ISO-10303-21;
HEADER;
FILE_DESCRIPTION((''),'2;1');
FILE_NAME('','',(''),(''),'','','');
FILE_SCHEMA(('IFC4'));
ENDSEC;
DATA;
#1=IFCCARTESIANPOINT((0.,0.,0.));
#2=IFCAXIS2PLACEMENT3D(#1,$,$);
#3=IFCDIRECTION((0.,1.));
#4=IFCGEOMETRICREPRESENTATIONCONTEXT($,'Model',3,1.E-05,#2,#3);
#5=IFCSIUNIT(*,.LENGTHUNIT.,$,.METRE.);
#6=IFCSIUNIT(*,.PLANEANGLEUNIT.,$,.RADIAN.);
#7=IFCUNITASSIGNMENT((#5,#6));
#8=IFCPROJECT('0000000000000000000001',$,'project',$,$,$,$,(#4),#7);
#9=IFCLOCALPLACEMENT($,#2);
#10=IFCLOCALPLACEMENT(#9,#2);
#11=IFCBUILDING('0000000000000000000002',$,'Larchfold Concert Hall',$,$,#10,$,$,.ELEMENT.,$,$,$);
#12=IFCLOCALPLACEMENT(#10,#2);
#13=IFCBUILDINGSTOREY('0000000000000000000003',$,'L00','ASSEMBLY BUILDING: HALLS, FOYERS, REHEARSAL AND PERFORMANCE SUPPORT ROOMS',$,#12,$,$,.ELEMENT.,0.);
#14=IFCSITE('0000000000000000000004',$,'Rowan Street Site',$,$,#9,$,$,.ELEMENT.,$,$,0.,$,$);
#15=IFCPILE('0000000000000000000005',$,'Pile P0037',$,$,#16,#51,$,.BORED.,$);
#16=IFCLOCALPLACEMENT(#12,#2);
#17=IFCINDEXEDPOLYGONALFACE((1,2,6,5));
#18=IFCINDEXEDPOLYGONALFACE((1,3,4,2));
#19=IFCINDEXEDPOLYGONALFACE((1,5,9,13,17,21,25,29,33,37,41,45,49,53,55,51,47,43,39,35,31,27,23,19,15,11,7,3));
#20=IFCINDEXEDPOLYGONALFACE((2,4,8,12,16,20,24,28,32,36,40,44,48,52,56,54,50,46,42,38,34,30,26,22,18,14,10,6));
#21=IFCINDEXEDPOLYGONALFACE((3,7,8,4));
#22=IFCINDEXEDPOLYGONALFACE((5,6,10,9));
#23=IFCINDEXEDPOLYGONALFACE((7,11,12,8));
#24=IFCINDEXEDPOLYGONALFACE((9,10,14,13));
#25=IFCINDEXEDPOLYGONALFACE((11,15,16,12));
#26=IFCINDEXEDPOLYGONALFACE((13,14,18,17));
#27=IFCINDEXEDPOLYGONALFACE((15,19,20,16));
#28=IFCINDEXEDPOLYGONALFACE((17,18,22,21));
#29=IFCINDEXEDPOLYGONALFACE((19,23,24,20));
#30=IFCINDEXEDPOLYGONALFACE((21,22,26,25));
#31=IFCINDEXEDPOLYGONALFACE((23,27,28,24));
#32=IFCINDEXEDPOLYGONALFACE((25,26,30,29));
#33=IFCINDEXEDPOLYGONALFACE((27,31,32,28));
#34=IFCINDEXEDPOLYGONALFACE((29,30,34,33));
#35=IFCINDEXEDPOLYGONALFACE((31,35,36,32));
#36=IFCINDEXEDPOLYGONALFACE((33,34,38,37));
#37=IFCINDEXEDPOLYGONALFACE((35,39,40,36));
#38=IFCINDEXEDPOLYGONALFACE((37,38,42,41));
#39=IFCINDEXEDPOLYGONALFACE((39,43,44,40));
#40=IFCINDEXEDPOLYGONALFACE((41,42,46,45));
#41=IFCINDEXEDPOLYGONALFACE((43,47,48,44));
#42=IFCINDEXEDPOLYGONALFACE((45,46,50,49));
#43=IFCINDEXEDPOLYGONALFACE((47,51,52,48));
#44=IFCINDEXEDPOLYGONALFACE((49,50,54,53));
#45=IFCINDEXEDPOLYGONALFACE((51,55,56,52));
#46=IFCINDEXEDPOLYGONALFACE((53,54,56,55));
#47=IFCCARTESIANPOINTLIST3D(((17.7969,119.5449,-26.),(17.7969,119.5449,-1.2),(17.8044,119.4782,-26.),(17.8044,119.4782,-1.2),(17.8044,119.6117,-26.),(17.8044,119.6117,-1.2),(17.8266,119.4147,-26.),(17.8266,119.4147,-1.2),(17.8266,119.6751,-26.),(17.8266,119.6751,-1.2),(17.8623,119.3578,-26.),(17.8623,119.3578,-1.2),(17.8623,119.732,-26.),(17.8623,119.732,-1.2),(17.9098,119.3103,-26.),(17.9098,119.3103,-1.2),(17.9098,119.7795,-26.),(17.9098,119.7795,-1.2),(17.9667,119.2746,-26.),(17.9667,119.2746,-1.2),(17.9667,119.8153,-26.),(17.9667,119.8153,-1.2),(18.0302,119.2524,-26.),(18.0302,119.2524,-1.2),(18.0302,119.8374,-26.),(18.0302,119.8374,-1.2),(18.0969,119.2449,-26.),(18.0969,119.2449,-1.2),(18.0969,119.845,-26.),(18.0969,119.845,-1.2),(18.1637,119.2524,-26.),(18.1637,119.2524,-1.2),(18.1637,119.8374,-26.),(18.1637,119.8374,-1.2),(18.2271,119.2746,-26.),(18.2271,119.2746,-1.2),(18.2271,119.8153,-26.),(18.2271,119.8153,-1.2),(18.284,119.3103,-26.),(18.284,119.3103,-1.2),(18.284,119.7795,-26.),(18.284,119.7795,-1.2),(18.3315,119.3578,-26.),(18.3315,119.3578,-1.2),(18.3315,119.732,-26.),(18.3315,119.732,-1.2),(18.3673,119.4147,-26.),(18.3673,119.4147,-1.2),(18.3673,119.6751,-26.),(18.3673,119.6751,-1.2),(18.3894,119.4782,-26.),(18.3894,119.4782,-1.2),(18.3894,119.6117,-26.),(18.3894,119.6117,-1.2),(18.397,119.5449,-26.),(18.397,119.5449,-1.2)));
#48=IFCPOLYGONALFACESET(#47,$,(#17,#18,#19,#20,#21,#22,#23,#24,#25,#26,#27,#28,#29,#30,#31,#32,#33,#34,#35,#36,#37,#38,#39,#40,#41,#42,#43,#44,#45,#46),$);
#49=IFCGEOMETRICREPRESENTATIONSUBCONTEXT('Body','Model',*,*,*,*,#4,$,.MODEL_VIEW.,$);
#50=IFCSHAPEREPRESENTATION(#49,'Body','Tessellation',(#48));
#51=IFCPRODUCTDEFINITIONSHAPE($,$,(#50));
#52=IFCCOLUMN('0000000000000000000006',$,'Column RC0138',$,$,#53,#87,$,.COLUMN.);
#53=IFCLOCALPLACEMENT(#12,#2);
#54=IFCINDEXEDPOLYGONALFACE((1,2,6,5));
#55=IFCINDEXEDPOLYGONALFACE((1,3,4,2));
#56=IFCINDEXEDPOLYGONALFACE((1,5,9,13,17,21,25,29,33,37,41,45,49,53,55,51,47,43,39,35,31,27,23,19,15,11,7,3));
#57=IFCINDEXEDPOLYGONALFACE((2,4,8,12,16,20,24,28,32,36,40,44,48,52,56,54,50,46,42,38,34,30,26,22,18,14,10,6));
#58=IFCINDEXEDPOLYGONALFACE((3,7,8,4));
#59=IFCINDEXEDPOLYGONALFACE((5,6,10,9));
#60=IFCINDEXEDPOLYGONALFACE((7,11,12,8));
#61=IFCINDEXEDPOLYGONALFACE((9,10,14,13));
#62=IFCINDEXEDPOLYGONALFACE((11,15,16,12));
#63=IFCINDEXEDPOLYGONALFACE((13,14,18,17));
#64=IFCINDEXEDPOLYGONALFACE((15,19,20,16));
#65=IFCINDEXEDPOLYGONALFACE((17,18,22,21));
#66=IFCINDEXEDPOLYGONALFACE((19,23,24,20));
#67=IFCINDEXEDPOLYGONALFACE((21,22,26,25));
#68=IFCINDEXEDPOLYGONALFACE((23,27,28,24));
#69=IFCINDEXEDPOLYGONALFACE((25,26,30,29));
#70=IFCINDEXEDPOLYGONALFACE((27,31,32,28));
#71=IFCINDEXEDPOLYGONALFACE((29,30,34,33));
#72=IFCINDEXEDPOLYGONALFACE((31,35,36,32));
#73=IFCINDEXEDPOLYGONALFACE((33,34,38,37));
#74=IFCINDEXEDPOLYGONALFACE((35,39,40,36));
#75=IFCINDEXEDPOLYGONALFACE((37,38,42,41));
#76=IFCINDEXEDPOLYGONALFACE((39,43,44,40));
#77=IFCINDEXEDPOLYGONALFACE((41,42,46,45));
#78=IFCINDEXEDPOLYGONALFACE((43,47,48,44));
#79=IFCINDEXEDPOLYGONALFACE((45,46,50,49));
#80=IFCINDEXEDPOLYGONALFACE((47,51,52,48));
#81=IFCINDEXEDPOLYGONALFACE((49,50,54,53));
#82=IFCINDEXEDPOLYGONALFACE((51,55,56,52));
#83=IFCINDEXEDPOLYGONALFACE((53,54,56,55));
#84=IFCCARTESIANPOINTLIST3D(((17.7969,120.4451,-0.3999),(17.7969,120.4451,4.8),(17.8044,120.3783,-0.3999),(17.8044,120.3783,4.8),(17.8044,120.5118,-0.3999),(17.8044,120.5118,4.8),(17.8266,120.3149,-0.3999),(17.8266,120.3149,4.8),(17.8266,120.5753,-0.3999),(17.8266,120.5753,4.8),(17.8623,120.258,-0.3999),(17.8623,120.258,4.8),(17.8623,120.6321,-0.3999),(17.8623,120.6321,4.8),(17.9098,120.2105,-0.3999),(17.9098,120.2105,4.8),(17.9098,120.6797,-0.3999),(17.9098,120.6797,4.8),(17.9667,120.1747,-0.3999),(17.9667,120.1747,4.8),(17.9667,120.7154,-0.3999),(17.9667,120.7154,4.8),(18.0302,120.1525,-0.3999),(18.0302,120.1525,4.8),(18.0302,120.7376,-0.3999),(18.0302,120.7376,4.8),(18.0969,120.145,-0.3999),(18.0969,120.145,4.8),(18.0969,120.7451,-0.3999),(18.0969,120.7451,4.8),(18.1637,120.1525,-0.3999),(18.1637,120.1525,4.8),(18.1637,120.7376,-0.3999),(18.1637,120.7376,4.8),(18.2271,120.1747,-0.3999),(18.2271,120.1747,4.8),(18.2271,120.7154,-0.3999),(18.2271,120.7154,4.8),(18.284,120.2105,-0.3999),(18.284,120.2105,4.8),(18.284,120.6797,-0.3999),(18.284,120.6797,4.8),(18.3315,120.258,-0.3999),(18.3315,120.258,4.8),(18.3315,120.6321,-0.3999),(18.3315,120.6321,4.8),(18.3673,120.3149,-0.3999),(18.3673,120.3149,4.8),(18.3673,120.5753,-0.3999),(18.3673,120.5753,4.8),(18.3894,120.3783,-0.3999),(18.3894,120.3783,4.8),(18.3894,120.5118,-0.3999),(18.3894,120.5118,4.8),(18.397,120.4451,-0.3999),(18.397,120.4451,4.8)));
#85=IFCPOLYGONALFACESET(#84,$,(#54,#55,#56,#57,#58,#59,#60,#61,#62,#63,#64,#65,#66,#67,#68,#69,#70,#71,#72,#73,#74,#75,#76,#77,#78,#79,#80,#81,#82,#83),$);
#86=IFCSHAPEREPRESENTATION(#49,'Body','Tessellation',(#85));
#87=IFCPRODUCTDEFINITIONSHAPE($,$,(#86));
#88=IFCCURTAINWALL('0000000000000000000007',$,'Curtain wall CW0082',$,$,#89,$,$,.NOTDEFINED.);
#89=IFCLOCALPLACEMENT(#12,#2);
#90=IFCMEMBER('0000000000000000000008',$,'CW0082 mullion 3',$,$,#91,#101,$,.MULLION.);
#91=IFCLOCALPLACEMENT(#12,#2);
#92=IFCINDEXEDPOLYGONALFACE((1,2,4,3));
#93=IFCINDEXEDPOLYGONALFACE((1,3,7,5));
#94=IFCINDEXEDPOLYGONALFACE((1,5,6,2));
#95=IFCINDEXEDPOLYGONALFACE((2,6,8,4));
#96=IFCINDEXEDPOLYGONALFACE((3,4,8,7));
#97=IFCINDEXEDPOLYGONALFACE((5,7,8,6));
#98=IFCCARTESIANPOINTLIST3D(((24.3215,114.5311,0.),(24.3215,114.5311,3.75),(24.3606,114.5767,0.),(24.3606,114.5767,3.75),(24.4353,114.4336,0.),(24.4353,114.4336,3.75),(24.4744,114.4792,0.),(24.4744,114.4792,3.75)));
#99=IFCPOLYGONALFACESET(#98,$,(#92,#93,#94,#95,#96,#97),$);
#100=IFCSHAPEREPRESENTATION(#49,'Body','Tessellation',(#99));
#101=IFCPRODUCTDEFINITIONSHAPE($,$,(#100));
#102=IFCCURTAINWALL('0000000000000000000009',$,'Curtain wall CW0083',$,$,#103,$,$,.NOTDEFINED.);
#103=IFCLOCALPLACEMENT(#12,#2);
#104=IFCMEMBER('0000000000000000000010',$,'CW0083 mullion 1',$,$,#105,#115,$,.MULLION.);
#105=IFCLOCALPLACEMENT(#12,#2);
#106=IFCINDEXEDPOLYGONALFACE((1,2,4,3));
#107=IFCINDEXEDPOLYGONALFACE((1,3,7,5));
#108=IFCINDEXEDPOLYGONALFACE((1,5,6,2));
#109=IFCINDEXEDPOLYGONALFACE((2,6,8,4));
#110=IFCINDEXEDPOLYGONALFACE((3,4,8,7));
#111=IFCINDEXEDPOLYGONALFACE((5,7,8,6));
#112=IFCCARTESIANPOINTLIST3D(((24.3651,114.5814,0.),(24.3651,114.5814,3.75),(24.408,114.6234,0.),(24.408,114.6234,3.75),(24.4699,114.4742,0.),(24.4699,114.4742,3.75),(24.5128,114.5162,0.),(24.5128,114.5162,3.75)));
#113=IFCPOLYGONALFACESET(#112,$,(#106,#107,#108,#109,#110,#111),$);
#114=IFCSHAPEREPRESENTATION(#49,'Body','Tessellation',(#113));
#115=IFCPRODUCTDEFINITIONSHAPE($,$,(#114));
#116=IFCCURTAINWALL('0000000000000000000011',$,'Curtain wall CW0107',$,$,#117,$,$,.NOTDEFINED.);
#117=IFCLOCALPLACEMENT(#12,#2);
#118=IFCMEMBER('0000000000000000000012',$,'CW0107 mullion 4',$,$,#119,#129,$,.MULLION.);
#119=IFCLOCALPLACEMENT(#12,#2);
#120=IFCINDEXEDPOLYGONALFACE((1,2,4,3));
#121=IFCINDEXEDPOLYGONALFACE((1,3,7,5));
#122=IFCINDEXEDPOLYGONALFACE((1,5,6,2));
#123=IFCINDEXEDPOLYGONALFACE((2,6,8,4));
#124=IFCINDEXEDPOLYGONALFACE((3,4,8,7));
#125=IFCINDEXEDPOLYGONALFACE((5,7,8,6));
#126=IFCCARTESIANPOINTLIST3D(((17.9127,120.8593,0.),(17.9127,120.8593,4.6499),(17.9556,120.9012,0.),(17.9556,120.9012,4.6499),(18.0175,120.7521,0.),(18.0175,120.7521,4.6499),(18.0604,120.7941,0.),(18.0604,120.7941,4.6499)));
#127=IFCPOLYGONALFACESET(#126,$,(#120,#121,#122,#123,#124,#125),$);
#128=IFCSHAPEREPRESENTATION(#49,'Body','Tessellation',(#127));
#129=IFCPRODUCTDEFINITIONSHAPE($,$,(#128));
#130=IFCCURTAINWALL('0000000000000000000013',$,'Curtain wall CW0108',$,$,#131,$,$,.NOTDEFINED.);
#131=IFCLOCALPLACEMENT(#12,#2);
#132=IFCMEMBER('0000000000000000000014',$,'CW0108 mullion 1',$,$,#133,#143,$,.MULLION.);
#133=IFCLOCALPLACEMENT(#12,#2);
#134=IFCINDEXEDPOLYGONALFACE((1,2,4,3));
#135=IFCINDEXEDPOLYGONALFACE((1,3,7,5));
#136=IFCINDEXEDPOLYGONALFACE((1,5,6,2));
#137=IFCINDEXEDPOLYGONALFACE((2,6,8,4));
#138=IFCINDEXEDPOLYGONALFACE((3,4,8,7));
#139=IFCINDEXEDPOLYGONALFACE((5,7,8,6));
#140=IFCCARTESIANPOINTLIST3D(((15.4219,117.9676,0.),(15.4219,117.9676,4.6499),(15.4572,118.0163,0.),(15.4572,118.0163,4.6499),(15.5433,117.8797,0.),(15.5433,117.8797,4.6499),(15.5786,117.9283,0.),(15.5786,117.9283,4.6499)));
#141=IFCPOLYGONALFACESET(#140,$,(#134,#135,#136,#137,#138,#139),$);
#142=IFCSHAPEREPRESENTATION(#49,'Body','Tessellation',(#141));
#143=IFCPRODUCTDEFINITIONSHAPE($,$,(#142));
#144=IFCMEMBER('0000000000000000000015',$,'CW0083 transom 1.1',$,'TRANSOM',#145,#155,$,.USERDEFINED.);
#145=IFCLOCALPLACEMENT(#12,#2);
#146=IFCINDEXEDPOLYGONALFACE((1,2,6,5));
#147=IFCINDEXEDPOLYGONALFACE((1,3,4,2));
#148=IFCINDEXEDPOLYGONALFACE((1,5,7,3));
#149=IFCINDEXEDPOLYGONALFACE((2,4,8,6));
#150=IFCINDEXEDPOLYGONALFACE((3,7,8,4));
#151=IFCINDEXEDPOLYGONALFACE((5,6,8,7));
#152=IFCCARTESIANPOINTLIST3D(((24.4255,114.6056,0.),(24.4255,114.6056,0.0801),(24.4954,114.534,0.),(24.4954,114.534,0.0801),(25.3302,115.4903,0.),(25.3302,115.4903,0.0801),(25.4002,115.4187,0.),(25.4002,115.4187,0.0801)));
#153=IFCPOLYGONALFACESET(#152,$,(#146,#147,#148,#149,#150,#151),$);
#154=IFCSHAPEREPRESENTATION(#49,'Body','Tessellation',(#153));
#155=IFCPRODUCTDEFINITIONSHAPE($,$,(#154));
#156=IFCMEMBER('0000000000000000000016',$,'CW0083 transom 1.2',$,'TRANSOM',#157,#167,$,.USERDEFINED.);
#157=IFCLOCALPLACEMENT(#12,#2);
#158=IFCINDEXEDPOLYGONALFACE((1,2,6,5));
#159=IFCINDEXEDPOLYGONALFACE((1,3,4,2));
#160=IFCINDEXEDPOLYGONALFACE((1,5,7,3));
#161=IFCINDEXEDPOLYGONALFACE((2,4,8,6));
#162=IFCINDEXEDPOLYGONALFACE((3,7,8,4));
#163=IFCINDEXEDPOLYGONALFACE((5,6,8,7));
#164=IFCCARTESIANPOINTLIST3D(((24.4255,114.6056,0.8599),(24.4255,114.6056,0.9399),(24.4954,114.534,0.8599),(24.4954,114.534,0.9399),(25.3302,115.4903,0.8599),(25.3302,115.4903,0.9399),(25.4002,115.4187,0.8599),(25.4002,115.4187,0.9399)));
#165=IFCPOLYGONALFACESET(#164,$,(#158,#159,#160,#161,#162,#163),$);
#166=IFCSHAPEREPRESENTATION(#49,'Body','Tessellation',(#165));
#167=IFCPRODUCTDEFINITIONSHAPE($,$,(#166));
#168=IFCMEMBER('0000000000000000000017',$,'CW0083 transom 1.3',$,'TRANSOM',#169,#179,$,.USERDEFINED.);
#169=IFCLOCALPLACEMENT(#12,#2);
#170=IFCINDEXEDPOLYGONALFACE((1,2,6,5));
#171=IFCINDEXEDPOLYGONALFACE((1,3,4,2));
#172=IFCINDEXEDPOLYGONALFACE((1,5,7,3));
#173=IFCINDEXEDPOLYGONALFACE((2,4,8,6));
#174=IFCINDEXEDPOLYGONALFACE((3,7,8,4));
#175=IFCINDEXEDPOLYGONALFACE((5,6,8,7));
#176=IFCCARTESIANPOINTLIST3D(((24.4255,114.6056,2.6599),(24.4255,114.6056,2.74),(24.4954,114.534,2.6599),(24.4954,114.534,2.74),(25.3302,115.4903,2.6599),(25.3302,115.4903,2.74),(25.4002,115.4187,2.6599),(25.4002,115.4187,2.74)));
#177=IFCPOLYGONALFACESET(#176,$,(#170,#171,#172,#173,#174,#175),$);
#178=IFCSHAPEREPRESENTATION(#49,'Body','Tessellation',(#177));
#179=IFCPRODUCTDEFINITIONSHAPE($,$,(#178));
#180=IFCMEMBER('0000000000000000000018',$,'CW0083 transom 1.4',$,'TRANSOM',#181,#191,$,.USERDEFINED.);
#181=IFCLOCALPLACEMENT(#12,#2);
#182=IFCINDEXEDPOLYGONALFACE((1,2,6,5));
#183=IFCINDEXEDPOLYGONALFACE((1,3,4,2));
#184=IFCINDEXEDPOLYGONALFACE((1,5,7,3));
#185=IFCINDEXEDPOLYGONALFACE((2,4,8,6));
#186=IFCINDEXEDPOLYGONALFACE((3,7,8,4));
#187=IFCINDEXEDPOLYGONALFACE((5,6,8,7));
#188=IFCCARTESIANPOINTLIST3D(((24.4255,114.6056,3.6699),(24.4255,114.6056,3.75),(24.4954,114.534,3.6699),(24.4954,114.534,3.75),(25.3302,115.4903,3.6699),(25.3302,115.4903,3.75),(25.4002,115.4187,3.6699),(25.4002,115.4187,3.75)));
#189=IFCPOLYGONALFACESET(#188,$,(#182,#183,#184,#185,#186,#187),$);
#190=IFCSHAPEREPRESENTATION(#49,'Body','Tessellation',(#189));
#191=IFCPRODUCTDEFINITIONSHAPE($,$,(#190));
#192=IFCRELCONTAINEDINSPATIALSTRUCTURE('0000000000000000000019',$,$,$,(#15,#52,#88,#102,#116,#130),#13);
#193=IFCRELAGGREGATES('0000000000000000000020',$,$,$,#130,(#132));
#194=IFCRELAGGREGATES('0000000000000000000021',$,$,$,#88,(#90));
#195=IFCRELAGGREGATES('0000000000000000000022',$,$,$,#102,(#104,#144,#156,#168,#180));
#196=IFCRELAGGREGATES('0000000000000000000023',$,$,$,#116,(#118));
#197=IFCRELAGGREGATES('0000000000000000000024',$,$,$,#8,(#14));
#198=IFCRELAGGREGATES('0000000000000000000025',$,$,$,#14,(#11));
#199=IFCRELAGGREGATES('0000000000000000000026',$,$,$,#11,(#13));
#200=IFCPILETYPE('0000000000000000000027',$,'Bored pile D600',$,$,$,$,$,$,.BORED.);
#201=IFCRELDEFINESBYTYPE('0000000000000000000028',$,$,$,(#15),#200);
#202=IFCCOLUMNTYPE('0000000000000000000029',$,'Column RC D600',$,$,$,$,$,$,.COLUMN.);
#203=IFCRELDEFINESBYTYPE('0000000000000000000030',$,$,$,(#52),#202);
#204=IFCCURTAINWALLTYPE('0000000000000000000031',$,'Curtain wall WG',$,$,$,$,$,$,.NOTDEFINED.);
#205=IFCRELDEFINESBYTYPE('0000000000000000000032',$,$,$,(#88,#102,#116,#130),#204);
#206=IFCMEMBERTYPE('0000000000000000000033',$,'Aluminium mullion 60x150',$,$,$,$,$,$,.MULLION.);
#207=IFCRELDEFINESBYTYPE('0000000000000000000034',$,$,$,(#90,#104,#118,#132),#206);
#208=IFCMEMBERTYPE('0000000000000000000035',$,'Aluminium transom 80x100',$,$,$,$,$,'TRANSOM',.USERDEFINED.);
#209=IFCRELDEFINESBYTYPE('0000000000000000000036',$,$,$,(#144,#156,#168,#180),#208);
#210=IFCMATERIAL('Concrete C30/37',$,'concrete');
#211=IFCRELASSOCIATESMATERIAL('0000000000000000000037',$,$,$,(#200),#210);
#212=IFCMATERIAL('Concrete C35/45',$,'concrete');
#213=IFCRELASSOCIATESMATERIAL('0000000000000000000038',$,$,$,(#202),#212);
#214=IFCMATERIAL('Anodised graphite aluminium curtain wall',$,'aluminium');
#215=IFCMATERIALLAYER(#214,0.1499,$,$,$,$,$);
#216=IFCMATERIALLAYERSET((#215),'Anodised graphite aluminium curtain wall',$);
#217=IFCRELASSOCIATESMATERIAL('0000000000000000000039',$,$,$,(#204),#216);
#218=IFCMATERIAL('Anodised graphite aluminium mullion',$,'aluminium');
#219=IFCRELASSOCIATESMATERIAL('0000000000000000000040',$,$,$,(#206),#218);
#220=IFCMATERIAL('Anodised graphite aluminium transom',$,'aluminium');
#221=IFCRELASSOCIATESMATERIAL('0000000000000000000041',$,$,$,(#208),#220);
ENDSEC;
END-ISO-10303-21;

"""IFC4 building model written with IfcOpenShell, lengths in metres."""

from ifc_helpers import new_model, si_unit, direction, frame, origin, origin_2d, place, context, subcontext, project, spatial, rectangle, circle, extrude, material, layer, layer_set, material_profile, profile_set, type_object, element, aggregate, save


model = new_model("IFC4")

# Units and contexts
model_context = context("Model", 3, precision=1e-05, world=origin(), true_north=direction((0.0, 1.0)))
body_context = subcontext(model_context, "Body", "Model", "MODEL_VIEW")
ifc_project = project(units=[si_unit("LENGTHUNIT", "METRE"), si_unit("PLANEANGLEUNIT", "RADIAN")], contexts=[model_context])

# Site, building, storey
site_placement = place(None, origin())
site = spatial("IfcSite", under=ifc_project, at=site_placement, Name="Rowan Street Site", CompositionType="ELEMENT", RefElevation=0.0)
building_placement = place(site_placement, origin())
building = spatial("IfcBuilding", under=site, at=building_placement, Name="Larchfold Concert Hall", CompositionType="ELEMENT")
storey_placement = place(building_placement, origin())
storey = spatial("IfcBuildingStorey", under=building, at=storey_placement, Name="L00", Description="ASSEMBLY BUILDING: HALLS, FOYERS, REHEARSAL AND PERFORMANCE SUPPORT ROOMS", CompositionType="ELEMENT", Elevation=0.0)

# Pile
ifc_material_1 = material(Name="Concrete C30/37", Category="concrete")
ifc_material_profile_1 = material_profile(ifc_material_1, circle(Radius=0.3, at=origin_2d()))
ifc_profile_set_1 = profile_set([ifc_material_profile_1], Name="Concrete C30/37")
pile_type = type_object("IfcPileType", Name="Bored pile D600", PredefinedType="BORED", material=ifc_profile_set_1)
pile_placement = place(storey_placement, frame((18.0969, 119.5449, -1.2), z_axis=(0.0, 0.0, -1.0), x_axis=(1.0, 0.0, 0.0)))
element("IfcPile", 1, at=pile_placement, inside=storey, type_object=pile_type, Name="Pile P0037", PredefinedType="BORED", context=body_context, shape_type="SweptSolid", body=[
    extrude(circle(Radius=0.3, at=origin_2d()), origin(), (0.0, 0.0, 1.0), 24.8),
])

# Column
ifc_material_2 = material(Name="Concrete C35/45", Category="concrete")
ifc_material_profile_2 = material_profile(ifc_material_2, circle(Radius=0.3, at=origin_2d()))
ifc_profile_set_2 = profile_set([ifc_material_profile_2], Name="Concrete C35/45")
column_type = type_object("IfcColumnType", Name="Column RC D600", PredefinedType="COLUMN", material=ifc_profile_set_2)
column_placement = place(storey_placement, frame((18.0969, 120.4451, -0.3999), z_axis=(0.0, 0.0, 1.0), x_axis=(1.0, 0.0, 0.0)))
element("IfcColumn", 2, at=column_placement, inside=storey, type_object=column_type, Name="Column RC0138", PredefinedType="COLUMN", context=body_context, shape_type="SweptSolid", body=[
    extrude(circle(Radius=0.3, at=origin_2d()), origin(), (0.0, 0.0, 1.0), 5.2),
])

# Curtain walls, members
ifc_material_3 = material(Name="Anodised graphite aluminium curtain wall", Category="aluminium")
ifc_layer_1 = layer(ifc_material_3, 0.1499)
ifc_layer_set_1 = layer_set([ifc_layer_1], Name="Anodised graphite aluminium curtain wall")
curtain_wall_type = type_object("IfcCurtainWallType", Name="Curtain wall WG", PredefinedType="NOTDEFINED", material=ifc_layer_set_1)
curtain_wall_1_placement = place(storey_placement, origin())
curtain_wall_1 = element("IfcCurtainWall", 3, at=curtain_wall_1_placement, inside=storey, type_object=curtain_wall_type, Name="Curtain wall CW0082", PredefinedType="NOTDEFINED")
ifc_material_4 = material(Name="Anodised graphite aluminium mullion", Category="aluminium")
ifc_material_profile_3 = material_profile(ifc_material_4, rectangle(XDim=0.1499, YDim=0.0601, at=origin_2d()))
ifc_profile_set_3 = profile_set([ifc_material_profile_3], Name="Anodised graphite aluminium mullion")
member_type_1 = type_object("IfcMemberType", Name="Aluminium mullion 60x150", PredefinedType="MULLION", material=ifc_profile_set_3)
member_1_placement = place(storey_placement, frame((24.3979, 114.5051, 0.0), z_axis=(0.0, 0.0, 1.0), x_axis=(-0.759496, 0.650512, 0.0)))
member_1 = element("IfcMember", 4, at=member_1_placement, type_object=member_type_1, Name="CW0082 mullion 3", PredefinedType="MULLION", context=body_context, shape_type="SweptSolid", body=[
    extrude(rectangle(XDim=0.1499, YDim=0.0601, at=origin_2d()), origin(), (0.0, 0.0, 1.0), 3.75),
])
curtain_wall_2_placement = place(storey_placement, origin())
curtain_wall_2 = element("IfcCurtainWall", 5, at=curtain_wall_2_placement, inside=storey, type_object=curtain_wall_type, Name="Curtain wall CW0083", PredefinedType="NOTDEFINED")
member_2_placement = place(storey_placement, frame((24.439, 114.5488, 0.0), z_axis=(0.0, 0.0, 1.0), x_axis=(-0.699092, 0.715032, 0.0)))
member_2 = element("IfcMember", 6, at=member_2_placement, type_object=member_type_1, Name="CW0083 mullion 1", PredefinedType="MULLION", context=body_context, shape_type="SweptSolid", body=[
    extrude(rectangle(XDim=0.1499, YDim=0.0601, at=origin_2d()), origin(), (0.0, 0.0, 1.0), 3.75),
])
curtain_wall_3_placement = place(storey_placement, origin())
curtain_wall_3 = element("IfcCurtainWall", 7, at=curtain_wall_3_placement, inside=storey, type_object=curtain_wall_type, Name="Curtain wall CW0107", PredefinedType="NOTDEFINED")
member_3_placement = place(storey_placement, frame((17.9866, 120.8267, 0.0), z_axis=(0.0, 0.0, 1.0), x_axis=(0.699179, -0.714947, 0.0)))
member_3 = element("IfcMember", 8, at=member_3_placement, type_object=member_type_1, Name="CW0107 mullion 4", PredefinedType="MULLION", context=body_context, shape_type="SweptSolid", body=[
    extrude(rectangle(XDim=0.1499, YDim=0.0601, at=origin_2d()), origin(), (0.0, 0.0, 1.0), 4.6499),
])
curtain_wall_4_placement = place(storey_placement, origin())
curtain_wall_4 = element("IfcCurtainWall", 9, at=curtain_wall_4_placement, inside=storey, type_object=curtain_wall_type, Name="Curtain wall CW0108", PredefinedType="NOTDEFINED")
member_4_placement = place(storey_placement, frame((15.5002, 117.948, 0.0), z_axis=(0.0, 0.0, 1.0), x_axis=(0.809847, -0.586641, 0.0)))
member_4 = element("IfcMember", 10, at=member_4_placement, type_object=member_type_1, Name="CW0108 mullion 1", PredefinedType="MULLION", context=body_context, shape_type="SweptSolid", body=[
    extrude(rectangle(XDim=0.1499, YDim=0.0601, at=origin_2d()), origin(), (0.0, 0.0, 1.0), 4.6499),
])

# Members
ifc_material_5 = material(Name="Anodised graphite aluminium transom", Category="aluminium")
ifc_material_profile_4 = material_profile(ifc_material_5, rectangle(XDim=0.1001, YDim=0.0801, at=origin_2d()))
ifc_profile_set_4 = profile_set([ifc_material_profile_4], Name="Anodised graphite aluminium transom")
member_type_2 = type_object("IfcMemberType", Name="Aluminium transom 80x100", ElementType="TRANSOM", PredefinedType="USERDEFINED", material=ifc_profile_set_4)
member_5_placement = place(storey_placement, frame((24.4604, 114.5698, 0.04), z_axis=(0.714972, 0.699153, 0.0), x_axis=(-0.699153, 0.714972, 0.0)))
member_5 = element("IfcMember", 11, at=member_5_placement, type_object=member_type_2, Name="CW0083 transom 1.1", ObjectType="TRANSOM", PredefinedType="USERDEFINED", context=body_context, shape_type="SweptSolid", body=[
    extrude(rectangle(XDim=0.1001, YDim=0.0801, at=origin_2d()), origin(), (0.0, 0.0, 1.0), 1.2654),
])
member_6_placement = place(storey_placement, frame((24.4604, 114.5698, 0.8999), z_axis=(0.714972, 0.699153, 0.0), x_axis=(-0.699153, 0.714972, 0.0)))
member_6 = element("IfcMember", 12, at=member_6_placement, type_object=member_type_2, Name="CW0083 transom 1.2", ObjectType="TRANSOM", PredefinedType="USERDEFINED", context=body_context, shape_type="SweptSolid", body=[
    extrude(rectangle(XDim=0.1001, YDim=0.0801, at=origin_2d()), origin(), (0.0, 0.0, 1.0), 1.2654),
])
member_7_placement = place(storey_placement, frame((24.4604, 114.5698, 2.7), z_axis=(0.714972, 0.699153, 0.0), x_axis=(-0.699153, 0.714972, 0.0)))
member_7 = element("IfcMember", 13, at=member_7_placement, type_object=member_type_2, Name="CW0083 transom 1.3", ObjectType="TRANSOM", PredefinedType="USERDEFINED", context=body_context, shape_type="SweptSolid", body=[
    extrude(rectangle(XDim=0.1001, YDim=0.0801, at=origin_2d()), origin(), (0.0, 0.0, 1.0), 1.2654),
])
member_8_placement = place(storey_placement, frame((24.4604, 114.5698, 3.71), z_axis=(0.714972, 0.699153, 0.0), x_axis=(-0.699153, 0.714972, 0.0)))
member_8 = element("IfcMember", 14, at=member_8_placement, type_object=member_type_2, Name="CW0083 transom 1.4", ObjectType="TRANSOM", PredefinedType="USERDEFINED", context=body_context, shape_type="SweptSolid", body=[
    extrude(rectangle(XDim=0.1001, YDim=0.0801, at=origin_2d()), origin(), (0.0, 0.0, 1.0), 1.2654),
])

aggregate(curtain_wall_4, [member_4])
aggregate(curtain_wall_1, [member_1])
aggregate(curtain_wall_2, [member_2, member_5, member_6, member_7, member_8])
aggregate(curtain_wall_3, [member_3])

save(model, "model.ifc")
